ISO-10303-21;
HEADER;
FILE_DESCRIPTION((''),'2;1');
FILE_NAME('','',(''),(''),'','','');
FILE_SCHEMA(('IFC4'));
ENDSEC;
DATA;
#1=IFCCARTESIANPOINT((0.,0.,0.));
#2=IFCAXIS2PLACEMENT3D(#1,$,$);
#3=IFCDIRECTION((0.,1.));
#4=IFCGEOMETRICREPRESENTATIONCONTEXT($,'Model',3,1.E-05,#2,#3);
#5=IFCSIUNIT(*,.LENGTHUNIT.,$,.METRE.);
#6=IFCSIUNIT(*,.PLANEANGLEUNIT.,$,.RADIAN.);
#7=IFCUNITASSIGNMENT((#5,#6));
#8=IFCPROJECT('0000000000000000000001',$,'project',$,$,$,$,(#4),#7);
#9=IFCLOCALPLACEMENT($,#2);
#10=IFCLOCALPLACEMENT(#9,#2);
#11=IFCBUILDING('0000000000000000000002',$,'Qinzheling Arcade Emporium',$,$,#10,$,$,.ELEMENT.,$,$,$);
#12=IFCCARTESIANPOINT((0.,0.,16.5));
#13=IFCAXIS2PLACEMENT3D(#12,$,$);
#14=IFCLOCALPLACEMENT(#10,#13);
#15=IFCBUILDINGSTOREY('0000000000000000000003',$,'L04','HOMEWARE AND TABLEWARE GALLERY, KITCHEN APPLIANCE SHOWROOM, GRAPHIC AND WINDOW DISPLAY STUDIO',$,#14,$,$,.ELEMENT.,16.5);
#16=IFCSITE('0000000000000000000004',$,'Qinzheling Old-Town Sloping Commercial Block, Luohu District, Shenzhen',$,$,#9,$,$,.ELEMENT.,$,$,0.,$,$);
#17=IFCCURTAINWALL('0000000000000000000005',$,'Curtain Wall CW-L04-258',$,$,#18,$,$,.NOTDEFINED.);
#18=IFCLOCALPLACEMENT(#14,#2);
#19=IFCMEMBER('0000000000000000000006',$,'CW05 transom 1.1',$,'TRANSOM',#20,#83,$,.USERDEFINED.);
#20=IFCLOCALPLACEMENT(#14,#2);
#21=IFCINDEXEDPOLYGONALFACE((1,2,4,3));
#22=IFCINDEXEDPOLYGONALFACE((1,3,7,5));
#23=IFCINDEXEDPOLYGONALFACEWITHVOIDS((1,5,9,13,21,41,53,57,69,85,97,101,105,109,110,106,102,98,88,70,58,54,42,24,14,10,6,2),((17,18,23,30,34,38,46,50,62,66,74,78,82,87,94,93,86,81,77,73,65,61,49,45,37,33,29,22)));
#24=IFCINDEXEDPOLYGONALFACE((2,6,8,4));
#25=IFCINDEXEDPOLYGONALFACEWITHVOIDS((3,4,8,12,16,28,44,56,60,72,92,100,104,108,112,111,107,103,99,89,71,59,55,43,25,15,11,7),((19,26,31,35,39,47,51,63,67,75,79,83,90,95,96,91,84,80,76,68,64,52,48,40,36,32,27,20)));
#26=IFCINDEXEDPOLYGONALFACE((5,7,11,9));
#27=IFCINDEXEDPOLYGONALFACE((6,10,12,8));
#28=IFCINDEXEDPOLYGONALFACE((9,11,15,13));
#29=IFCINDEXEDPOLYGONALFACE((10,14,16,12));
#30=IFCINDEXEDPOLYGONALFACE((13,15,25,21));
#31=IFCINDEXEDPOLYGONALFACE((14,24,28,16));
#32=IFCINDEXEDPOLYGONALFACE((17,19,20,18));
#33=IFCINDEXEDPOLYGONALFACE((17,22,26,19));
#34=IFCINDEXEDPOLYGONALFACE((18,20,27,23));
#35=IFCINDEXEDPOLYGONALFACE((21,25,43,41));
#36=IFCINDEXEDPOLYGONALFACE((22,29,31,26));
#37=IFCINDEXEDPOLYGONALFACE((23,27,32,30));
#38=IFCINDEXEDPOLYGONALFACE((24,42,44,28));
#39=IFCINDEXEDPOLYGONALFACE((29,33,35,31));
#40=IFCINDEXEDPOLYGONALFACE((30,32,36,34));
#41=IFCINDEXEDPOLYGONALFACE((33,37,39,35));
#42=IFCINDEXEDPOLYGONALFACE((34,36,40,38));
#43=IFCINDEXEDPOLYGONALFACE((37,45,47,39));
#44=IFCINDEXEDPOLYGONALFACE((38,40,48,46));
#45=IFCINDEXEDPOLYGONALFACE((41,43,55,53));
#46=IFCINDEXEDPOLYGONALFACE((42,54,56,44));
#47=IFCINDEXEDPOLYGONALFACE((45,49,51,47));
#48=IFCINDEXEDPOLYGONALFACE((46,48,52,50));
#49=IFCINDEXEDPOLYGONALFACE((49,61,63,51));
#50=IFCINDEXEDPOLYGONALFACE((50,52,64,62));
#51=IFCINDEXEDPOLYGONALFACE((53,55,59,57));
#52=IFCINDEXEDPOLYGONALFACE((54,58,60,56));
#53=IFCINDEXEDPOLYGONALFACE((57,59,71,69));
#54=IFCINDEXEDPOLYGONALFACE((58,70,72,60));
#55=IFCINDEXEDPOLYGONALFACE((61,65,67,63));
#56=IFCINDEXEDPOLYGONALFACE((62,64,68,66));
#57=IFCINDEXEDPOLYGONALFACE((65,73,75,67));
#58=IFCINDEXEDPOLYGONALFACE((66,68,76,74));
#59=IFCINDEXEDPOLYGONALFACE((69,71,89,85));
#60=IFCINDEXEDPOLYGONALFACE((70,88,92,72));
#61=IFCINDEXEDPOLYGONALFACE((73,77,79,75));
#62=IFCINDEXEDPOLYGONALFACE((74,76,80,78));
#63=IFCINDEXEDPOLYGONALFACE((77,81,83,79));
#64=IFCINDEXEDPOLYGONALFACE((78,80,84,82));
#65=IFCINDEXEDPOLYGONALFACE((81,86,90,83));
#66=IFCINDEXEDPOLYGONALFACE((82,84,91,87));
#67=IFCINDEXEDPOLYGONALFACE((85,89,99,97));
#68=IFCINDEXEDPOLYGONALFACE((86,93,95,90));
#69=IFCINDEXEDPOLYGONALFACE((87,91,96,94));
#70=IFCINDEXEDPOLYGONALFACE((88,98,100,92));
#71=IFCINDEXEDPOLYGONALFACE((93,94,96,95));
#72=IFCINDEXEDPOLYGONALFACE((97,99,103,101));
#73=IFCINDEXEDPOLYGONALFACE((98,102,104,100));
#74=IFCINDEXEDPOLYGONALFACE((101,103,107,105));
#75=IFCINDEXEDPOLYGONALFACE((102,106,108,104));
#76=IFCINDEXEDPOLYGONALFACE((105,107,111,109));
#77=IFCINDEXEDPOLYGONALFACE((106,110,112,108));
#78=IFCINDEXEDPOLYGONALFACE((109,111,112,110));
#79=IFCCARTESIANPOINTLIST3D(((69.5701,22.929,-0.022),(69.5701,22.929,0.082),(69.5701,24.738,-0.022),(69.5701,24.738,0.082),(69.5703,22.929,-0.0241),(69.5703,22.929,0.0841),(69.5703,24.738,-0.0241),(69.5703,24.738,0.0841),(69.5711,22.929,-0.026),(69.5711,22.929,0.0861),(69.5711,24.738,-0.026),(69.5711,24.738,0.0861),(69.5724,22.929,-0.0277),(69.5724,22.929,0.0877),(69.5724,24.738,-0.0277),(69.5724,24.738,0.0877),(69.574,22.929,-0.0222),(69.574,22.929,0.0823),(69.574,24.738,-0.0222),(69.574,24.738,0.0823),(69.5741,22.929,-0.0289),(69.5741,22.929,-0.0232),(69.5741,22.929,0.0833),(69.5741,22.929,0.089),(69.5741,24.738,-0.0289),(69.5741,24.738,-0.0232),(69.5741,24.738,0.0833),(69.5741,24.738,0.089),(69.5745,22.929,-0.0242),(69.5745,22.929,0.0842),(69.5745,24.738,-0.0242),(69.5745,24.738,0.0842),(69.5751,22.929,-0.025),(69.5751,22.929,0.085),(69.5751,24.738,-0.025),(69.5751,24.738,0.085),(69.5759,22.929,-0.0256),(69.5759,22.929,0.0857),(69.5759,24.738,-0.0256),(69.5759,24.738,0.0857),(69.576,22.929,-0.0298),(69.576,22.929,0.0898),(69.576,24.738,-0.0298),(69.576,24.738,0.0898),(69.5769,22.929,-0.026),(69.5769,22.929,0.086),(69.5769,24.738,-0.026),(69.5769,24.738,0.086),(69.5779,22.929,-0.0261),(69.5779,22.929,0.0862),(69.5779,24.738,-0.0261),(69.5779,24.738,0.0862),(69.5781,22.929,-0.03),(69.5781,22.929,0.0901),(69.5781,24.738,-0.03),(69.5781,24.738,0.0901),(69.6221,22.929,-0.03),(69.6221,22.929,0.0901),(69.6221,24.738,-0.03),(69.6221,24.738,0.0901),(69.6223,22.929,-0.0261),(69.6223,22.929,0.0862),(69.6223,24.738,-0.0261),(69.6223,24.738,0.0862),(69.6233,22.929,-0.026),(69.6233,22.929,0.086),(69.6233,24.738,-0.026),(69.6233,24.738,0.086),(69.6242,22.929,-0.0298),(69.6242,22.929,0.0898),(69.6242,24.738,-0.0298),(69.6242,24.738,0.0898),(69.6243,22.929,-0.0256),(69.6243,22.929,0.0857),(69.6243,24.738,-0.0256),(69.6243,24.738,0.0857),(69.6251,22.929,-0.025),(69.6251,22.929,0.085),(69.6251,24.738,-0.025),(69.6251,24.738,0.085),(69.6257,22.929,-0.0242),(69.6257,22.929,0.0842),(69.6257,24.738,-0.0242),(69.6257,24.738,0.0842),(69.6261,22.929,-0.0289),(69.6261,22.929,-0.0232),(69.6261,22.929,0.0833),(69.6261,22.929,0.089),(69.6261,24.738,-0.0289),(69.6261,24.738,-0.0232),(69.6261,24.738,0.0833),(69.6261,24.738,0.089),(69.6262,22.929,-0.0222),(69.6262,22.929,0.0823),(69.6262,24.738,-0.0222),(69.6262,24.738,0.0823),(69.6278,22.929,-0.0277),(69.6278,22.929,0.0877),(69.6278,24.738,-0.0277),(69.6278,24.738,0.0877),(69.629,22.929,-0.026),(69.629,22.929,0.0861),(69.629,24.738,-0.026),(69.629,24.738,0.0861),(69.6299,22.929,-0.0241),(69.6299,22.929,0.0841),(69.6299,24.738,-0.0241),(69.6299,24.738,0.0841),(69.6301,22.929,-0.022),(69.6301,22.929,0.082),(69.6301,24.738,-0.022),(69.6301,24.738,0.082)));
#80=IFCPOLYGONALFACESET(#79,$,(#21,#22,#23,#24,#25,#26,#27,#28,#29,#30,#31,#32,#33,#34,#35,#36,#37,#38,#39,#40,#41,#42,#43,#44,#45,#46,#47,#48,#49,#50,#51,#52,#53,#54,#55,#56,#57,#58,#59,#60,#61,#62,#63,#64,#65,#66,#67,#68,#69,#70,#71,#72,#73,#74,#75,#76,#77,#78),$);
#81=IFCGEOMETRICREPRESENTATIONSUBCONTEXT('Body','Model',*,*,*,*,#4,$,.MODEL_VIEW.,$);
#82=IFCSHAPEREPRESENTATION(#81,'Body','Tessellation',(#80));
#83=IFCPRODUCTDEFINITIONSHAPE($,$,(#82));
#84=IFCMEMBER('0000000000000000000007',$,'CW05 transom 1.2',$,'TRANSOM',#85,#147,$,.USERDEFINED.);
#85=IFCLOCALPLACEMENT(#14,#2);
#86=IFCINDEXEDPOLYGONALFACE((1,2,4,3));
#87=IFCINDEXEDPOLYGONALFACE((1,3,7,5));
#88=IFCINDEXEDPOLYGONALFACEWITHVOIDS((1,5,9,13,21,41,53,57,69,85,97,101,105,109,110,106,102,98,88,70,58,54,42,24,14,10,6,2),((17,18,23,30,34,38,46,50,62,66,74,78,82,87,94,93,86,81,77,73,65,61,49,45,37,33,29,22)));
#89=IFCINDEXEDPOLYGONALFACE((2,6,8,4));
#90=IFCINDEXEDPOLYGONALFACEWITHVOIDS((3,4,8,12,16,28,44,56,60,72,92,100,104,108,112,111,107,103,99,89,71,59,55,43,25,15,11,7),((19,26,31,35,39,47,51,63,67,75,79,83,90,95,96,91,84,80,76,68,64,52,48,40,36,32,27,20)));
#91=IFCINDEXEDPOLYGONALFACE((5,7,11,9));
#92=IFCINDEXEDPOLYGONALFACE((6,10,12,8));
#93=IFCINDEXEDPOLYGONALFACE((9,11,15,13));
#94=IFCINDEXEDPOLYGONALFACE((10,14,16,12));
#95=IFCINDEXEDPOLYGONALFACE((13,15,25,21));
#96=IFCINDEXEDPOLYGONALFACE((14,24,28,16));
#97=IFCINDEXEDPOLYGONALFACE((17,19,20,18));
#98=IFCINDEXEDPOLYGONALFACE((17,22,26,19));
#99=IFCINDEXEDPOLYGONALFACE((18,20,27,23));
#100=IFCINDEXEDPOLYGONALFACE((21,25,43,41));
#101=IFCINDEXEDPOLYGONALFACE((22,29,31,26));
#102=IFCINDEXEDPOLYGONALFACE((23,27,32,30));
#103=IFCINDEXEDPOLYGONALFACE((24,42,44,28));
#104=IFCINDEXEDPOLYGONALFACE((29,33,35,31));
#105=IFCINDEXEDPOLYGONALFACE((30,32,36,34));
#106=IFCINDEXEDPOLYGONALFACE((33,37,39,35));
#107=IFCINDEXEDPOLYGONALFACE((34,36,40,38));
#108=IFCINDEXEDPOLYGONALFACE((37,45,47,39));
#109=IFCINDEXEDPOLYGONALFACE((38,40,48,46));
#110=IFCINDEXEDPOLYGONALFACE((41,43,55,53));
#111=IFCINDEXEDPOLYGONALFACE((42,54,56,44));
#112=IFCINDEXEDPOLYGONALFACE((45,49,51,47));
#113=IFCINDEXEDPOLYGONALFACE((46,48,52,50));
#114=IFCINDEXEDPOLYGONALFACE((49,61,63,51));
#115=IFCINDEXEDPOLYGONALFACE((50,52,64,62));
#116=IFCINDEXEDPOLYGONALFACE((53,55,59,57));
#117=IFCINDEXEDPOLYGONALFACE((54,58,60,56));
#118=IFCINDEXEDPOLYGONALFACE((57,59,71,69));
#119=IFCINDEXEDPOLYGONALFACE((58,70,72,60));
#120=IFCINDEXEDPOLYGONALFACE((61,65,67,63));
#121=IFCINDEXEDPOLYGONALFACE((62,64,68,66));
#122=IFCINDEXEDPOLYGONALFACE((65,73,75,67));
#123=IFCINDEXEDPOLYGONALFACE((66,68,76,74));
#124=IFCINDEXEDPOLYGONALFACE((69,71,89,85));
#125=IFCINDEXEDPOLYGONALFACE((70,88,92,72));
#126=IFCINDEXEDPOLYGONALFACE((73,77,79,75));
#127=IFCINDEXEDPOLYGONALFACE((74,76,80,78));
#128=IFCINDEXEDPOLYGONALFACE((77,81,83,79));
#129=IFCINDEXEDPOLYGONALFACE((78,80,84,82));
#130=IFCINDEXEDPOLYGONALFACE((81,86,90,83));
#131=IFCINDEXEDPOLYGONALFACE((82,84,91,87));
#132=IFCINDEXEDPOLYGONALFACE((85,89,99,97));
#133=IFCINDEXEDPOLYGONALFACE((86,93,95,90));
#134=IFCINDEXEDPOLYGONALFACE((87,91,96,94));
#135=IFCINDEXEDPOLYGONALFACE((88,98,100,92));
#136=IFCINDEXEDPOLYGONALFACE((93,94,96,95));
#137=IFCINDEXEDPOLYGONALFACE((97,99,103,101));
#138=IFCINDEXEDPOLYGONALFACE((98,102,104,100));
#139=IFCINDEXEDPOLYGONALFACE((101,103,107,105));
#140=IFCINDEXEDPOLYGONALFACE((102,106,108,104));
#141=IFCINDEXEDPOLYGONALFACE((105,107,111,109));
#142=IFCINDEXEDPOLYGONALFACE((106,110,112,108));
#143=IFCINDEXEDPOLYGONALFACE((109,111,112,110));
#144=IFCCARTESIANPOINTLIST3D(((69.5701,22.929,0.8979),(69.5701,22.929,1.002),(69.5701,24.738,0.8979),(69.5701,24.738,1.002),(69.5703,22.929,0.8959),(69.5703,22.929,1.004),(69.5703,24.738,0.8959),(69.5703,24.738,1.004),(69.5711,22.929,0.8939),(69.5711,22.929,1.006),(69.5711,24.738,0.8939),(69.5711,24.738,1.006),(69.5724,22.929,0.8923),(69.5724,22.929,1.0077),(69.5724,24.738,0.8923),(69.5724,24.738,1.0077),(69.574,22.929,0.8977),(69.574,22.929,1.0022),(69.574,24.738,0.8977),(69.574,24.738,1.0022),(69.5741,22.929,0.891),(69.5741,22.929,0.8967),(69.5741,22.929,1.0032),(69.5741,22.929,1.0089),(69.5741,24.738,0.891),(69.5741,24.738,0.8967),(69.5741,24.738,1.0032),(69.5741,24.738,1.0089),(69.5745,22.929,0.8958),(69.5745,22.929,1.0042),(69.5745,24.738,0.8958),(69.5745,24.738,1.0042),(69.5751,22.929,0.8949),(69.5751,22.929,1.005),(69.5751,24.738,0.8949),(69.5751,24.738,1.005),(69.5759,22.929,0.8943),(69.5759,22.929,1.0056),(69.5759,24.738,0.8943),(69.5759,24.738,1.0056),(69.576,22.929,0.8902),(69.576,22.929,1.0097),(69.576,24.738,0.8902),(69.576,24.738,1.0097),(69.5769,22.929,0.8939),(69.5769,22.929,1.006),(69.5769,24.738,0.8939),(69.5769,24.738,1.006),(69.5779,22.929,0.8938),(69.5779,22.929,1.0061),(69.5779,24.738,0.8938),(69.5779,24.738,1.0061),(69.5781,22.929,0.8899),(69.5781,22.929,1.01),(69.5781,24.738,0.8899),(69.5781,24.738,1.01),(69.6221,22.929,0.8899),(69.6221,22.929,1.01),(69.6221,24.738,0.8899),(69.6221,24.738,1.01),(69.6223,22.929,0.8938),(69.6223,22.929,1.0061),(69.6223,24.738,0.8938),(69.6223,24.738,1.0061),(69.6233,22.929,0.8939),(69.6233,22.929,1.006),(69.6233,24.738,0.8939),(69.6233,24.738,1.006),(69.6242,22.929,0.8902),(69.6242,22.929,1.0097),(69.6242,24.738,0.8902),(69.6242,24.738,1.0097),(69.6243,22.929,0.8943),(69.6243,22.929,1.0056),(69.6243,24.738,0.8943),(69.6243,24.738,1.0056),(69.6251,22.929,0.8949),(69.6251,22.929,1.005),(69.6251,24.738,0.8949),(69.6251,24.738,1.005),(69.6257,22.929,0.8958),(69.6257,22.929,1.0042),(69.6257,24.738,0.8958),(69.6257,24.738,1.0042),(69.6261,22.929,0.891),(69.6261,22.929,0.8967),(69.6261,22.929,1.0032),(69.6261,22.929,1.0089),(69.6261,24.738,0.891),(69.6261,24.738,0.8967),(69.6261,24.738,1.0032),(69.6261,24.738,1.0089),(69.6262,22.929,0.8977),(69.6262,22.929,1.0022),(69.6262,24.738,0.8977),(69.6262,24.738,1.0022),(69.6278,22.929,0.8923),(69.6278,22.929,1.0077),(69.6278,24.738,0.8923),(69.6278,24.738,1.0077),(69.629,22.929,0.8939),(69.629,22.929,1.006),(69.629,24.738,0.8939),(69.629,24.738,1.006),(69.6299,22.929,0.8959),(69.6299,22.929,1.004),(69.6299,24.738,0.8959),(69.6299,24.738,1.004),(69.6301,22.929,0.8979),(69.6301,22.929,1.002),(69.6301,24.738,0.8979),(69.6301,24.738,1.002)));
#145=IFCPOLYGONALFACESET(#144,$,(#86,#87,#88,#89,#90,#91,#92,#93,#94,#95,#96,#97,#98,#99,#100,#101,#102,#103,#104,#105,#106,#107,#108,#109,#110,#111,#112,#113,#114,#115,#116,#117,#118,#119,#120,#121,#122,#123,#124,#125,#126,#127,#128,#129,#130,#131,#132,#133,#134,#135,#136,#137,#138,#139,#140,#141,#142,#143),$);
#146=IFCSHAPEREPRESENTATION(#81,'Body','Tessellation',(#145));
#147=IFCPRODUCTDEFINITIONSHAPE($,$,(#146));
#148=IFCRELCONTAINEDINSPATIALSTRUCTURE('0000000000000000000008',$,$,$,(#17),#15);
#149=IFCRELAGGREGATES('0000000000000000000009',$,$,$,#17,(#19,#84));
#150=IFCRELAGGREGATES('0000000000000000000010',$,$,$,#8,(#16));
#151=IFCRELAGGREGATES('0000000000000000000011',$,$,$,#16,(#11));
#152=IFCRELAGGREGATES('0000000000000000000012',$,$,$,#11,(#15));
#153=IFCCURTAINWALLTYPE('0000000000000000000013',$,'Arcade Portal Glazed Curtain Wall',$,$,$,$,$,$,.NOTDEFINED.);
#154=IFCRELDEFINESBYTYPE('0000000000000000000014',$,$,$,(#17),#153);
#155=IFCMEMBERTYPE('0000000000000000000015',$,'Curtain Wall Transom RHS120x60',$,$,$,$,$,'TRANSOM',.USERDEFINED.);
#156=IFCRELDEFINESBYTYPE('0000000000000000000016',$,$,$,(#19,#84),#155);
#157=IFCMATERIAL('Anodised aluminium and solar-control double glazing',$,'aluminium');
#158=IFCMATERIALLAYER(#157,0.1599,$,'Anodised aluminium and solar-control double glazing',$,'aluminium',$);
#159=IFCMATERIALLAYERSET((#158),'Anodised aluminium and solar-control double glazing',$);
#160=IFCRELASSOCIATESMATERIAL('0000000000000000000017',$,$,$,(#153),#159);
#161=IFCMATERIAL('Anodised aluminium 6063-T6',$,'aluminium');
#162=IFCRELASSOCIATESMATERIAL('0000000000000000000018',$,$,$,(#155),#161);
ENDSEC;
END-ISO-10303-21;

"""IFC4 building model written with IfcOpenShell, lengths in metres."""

from ifc_helpers import new_model, si_unit, direction, frame, origin, origin_2d, place, context, subcontext, project, spatial, hollow_rectangle, extrude, material, layer, layer_set, material_profile, profile_set, type_object, element, aggregate, save


model = new_model("IFC4")

# Units and contexts
model_context = context("Model", 3, precision=1e-05, world=origin(), true_north=direction((0.0, 1.0)))
body_context = subcontext(model_context, "Body", "Model", "MODEL_VIEW")
ifc_project = project(units=[si_unit("LENGTHUNIT", "METRE"), si_unit("PLANEANGLEUNIT", "RADIAN")], contexts=[model_context])

# Site, building, storey
site_placement = place(None, origin())
site = spatial("IfcSite", under=ifc_project, at=site_placement, Name="Qinzheling Old-Town Sloping Commercial Block, Luohu District, Shenzhen", CompositionType="ELEMENT", RefElevation=0.0)
building_placement = place(site_placement, origin())
building = spatial("IfcBuilding", under=site, at=building_placement, Name="Qinzheling Arcade Emporium", CompositionType="ELEMENT")
storey_placement = place(building_placement, frame((0.0, 0.0, 16.5)))
storey = spatial("IfcBuildingStorey", under=building, at=storey_placement, Name="L04", Description="HOMEWARE AND TABLEWARE GALLERY, KITCHEN APPLIANCE SHOWROOM, GRAPHIC AND WINDOW DISPLAY STUDIO", CompositionType="ELEMENT", Elevation=16.5)

# Shared definitions
ifc_material_1 = material(Name="Anodised aluminium and solar-control double glazing", Category="aluminium")
ifc_layer_1 = layer(ifc_material_1, 0.1599, Name="Anodised aluminium and solar-control double glazing", Category="aluminium")
ifc_layer_set_1 = layer_set([ifc_layer_1], Name="Anodised aluminium and solar-control double glazing")
curtain_wall_type = type_object("IfcCurtainWallType", Name="Arcade Portal Glazed Curtain Wall", PredefinedType="NOTDEFINED", material=ifc_layer_set_1)
ifc_material_2 = material(Name="Anodised aluminium 6063-T6", Category="aluminium")

# Curtain wall
curtain_wall_1_placement = place(storey_placement, origin())
curtain_wall_1 = element("IfcCurtainWall", 1, at=curtain_wall_1_placement, inside=storey, type_object=curtain_wall_type, Name="Curtain Wall CW-L04-258", PredefinedType="NOTDEFINED")

# Members
ifc_material_profile_1 = material_profile(ifc_material_2, hollow_rectangle(XDim=0.0601, YDim=0.1201, WallThickness=0.0039, InnerFilletRadius=0.0039, OuterFilletRadius=0.0081, at=origin_2d()), Name="RHS 120x60x4", Category="aluminium")
ifc_profile_set_1 = profile_set([ifc_material_profile_1], Name="Anodised aluminium 6063-T6")
member_type_1 = type_object("IfcMemberType", Name="Curtain Wall Transom RHS120x60", ElementType="TRANSOM", PredefinedType="USERDEFINED", material=ifc_profile_set_1)
member_1_placement = place(storey_placement, frame((69.6001, 24.738, 0.03), z_axis=(0.0, -1.0, 0.0), x_axis=(1.0, 0.0, 0.0)))
member_1 = element("IfcMember", 2, at=member_1_placement, type_object=member_type_1, Name="CW05 transom 1.1", ObjectType="TRANSOM", PredefinedType="USERDEFINED", context=body_context, shape_type="SweptSolid", body=[
    extrude(hollow_rectangle(XDim=0.0601, YDim=0.1201, WallThickness=0.0039, InnerFilletRadius=0.0039, OuterFilletRadius=0.0081, at=origin_2d()), origin(), (0.0, 0.0, 1.0), 1.8091),
])
member_2_placement = place(storey_placement, frame((69.6001, 24.738, 0.95), z_axis=(0.0, -1.0, 0.0), x_axis=(1.0, 0.0, 0.0)))
member_2 = element("IfcMember", 3, at=member_2_placement, type_object=member_type_1, Name="CW05 transom 1.2", ObjectType="TRANSOM", PredefinedType="USERDEFINED", context=body_context, shape_type="SweptSolid", body=[
    extrude(hollow_rectangle(XDim=0.0601, YDim=0.1201, WallThickness=0.0039, InnerFilletRadius=0.0039, OuterFilletRadius=0.0081, at=origin_2d()), origin(), (0.0, 0.0, 1.0), 1.8091),
])
aggregate(curtain_wall_1, [member_1, member_2])

save(model, "model.ifc")
